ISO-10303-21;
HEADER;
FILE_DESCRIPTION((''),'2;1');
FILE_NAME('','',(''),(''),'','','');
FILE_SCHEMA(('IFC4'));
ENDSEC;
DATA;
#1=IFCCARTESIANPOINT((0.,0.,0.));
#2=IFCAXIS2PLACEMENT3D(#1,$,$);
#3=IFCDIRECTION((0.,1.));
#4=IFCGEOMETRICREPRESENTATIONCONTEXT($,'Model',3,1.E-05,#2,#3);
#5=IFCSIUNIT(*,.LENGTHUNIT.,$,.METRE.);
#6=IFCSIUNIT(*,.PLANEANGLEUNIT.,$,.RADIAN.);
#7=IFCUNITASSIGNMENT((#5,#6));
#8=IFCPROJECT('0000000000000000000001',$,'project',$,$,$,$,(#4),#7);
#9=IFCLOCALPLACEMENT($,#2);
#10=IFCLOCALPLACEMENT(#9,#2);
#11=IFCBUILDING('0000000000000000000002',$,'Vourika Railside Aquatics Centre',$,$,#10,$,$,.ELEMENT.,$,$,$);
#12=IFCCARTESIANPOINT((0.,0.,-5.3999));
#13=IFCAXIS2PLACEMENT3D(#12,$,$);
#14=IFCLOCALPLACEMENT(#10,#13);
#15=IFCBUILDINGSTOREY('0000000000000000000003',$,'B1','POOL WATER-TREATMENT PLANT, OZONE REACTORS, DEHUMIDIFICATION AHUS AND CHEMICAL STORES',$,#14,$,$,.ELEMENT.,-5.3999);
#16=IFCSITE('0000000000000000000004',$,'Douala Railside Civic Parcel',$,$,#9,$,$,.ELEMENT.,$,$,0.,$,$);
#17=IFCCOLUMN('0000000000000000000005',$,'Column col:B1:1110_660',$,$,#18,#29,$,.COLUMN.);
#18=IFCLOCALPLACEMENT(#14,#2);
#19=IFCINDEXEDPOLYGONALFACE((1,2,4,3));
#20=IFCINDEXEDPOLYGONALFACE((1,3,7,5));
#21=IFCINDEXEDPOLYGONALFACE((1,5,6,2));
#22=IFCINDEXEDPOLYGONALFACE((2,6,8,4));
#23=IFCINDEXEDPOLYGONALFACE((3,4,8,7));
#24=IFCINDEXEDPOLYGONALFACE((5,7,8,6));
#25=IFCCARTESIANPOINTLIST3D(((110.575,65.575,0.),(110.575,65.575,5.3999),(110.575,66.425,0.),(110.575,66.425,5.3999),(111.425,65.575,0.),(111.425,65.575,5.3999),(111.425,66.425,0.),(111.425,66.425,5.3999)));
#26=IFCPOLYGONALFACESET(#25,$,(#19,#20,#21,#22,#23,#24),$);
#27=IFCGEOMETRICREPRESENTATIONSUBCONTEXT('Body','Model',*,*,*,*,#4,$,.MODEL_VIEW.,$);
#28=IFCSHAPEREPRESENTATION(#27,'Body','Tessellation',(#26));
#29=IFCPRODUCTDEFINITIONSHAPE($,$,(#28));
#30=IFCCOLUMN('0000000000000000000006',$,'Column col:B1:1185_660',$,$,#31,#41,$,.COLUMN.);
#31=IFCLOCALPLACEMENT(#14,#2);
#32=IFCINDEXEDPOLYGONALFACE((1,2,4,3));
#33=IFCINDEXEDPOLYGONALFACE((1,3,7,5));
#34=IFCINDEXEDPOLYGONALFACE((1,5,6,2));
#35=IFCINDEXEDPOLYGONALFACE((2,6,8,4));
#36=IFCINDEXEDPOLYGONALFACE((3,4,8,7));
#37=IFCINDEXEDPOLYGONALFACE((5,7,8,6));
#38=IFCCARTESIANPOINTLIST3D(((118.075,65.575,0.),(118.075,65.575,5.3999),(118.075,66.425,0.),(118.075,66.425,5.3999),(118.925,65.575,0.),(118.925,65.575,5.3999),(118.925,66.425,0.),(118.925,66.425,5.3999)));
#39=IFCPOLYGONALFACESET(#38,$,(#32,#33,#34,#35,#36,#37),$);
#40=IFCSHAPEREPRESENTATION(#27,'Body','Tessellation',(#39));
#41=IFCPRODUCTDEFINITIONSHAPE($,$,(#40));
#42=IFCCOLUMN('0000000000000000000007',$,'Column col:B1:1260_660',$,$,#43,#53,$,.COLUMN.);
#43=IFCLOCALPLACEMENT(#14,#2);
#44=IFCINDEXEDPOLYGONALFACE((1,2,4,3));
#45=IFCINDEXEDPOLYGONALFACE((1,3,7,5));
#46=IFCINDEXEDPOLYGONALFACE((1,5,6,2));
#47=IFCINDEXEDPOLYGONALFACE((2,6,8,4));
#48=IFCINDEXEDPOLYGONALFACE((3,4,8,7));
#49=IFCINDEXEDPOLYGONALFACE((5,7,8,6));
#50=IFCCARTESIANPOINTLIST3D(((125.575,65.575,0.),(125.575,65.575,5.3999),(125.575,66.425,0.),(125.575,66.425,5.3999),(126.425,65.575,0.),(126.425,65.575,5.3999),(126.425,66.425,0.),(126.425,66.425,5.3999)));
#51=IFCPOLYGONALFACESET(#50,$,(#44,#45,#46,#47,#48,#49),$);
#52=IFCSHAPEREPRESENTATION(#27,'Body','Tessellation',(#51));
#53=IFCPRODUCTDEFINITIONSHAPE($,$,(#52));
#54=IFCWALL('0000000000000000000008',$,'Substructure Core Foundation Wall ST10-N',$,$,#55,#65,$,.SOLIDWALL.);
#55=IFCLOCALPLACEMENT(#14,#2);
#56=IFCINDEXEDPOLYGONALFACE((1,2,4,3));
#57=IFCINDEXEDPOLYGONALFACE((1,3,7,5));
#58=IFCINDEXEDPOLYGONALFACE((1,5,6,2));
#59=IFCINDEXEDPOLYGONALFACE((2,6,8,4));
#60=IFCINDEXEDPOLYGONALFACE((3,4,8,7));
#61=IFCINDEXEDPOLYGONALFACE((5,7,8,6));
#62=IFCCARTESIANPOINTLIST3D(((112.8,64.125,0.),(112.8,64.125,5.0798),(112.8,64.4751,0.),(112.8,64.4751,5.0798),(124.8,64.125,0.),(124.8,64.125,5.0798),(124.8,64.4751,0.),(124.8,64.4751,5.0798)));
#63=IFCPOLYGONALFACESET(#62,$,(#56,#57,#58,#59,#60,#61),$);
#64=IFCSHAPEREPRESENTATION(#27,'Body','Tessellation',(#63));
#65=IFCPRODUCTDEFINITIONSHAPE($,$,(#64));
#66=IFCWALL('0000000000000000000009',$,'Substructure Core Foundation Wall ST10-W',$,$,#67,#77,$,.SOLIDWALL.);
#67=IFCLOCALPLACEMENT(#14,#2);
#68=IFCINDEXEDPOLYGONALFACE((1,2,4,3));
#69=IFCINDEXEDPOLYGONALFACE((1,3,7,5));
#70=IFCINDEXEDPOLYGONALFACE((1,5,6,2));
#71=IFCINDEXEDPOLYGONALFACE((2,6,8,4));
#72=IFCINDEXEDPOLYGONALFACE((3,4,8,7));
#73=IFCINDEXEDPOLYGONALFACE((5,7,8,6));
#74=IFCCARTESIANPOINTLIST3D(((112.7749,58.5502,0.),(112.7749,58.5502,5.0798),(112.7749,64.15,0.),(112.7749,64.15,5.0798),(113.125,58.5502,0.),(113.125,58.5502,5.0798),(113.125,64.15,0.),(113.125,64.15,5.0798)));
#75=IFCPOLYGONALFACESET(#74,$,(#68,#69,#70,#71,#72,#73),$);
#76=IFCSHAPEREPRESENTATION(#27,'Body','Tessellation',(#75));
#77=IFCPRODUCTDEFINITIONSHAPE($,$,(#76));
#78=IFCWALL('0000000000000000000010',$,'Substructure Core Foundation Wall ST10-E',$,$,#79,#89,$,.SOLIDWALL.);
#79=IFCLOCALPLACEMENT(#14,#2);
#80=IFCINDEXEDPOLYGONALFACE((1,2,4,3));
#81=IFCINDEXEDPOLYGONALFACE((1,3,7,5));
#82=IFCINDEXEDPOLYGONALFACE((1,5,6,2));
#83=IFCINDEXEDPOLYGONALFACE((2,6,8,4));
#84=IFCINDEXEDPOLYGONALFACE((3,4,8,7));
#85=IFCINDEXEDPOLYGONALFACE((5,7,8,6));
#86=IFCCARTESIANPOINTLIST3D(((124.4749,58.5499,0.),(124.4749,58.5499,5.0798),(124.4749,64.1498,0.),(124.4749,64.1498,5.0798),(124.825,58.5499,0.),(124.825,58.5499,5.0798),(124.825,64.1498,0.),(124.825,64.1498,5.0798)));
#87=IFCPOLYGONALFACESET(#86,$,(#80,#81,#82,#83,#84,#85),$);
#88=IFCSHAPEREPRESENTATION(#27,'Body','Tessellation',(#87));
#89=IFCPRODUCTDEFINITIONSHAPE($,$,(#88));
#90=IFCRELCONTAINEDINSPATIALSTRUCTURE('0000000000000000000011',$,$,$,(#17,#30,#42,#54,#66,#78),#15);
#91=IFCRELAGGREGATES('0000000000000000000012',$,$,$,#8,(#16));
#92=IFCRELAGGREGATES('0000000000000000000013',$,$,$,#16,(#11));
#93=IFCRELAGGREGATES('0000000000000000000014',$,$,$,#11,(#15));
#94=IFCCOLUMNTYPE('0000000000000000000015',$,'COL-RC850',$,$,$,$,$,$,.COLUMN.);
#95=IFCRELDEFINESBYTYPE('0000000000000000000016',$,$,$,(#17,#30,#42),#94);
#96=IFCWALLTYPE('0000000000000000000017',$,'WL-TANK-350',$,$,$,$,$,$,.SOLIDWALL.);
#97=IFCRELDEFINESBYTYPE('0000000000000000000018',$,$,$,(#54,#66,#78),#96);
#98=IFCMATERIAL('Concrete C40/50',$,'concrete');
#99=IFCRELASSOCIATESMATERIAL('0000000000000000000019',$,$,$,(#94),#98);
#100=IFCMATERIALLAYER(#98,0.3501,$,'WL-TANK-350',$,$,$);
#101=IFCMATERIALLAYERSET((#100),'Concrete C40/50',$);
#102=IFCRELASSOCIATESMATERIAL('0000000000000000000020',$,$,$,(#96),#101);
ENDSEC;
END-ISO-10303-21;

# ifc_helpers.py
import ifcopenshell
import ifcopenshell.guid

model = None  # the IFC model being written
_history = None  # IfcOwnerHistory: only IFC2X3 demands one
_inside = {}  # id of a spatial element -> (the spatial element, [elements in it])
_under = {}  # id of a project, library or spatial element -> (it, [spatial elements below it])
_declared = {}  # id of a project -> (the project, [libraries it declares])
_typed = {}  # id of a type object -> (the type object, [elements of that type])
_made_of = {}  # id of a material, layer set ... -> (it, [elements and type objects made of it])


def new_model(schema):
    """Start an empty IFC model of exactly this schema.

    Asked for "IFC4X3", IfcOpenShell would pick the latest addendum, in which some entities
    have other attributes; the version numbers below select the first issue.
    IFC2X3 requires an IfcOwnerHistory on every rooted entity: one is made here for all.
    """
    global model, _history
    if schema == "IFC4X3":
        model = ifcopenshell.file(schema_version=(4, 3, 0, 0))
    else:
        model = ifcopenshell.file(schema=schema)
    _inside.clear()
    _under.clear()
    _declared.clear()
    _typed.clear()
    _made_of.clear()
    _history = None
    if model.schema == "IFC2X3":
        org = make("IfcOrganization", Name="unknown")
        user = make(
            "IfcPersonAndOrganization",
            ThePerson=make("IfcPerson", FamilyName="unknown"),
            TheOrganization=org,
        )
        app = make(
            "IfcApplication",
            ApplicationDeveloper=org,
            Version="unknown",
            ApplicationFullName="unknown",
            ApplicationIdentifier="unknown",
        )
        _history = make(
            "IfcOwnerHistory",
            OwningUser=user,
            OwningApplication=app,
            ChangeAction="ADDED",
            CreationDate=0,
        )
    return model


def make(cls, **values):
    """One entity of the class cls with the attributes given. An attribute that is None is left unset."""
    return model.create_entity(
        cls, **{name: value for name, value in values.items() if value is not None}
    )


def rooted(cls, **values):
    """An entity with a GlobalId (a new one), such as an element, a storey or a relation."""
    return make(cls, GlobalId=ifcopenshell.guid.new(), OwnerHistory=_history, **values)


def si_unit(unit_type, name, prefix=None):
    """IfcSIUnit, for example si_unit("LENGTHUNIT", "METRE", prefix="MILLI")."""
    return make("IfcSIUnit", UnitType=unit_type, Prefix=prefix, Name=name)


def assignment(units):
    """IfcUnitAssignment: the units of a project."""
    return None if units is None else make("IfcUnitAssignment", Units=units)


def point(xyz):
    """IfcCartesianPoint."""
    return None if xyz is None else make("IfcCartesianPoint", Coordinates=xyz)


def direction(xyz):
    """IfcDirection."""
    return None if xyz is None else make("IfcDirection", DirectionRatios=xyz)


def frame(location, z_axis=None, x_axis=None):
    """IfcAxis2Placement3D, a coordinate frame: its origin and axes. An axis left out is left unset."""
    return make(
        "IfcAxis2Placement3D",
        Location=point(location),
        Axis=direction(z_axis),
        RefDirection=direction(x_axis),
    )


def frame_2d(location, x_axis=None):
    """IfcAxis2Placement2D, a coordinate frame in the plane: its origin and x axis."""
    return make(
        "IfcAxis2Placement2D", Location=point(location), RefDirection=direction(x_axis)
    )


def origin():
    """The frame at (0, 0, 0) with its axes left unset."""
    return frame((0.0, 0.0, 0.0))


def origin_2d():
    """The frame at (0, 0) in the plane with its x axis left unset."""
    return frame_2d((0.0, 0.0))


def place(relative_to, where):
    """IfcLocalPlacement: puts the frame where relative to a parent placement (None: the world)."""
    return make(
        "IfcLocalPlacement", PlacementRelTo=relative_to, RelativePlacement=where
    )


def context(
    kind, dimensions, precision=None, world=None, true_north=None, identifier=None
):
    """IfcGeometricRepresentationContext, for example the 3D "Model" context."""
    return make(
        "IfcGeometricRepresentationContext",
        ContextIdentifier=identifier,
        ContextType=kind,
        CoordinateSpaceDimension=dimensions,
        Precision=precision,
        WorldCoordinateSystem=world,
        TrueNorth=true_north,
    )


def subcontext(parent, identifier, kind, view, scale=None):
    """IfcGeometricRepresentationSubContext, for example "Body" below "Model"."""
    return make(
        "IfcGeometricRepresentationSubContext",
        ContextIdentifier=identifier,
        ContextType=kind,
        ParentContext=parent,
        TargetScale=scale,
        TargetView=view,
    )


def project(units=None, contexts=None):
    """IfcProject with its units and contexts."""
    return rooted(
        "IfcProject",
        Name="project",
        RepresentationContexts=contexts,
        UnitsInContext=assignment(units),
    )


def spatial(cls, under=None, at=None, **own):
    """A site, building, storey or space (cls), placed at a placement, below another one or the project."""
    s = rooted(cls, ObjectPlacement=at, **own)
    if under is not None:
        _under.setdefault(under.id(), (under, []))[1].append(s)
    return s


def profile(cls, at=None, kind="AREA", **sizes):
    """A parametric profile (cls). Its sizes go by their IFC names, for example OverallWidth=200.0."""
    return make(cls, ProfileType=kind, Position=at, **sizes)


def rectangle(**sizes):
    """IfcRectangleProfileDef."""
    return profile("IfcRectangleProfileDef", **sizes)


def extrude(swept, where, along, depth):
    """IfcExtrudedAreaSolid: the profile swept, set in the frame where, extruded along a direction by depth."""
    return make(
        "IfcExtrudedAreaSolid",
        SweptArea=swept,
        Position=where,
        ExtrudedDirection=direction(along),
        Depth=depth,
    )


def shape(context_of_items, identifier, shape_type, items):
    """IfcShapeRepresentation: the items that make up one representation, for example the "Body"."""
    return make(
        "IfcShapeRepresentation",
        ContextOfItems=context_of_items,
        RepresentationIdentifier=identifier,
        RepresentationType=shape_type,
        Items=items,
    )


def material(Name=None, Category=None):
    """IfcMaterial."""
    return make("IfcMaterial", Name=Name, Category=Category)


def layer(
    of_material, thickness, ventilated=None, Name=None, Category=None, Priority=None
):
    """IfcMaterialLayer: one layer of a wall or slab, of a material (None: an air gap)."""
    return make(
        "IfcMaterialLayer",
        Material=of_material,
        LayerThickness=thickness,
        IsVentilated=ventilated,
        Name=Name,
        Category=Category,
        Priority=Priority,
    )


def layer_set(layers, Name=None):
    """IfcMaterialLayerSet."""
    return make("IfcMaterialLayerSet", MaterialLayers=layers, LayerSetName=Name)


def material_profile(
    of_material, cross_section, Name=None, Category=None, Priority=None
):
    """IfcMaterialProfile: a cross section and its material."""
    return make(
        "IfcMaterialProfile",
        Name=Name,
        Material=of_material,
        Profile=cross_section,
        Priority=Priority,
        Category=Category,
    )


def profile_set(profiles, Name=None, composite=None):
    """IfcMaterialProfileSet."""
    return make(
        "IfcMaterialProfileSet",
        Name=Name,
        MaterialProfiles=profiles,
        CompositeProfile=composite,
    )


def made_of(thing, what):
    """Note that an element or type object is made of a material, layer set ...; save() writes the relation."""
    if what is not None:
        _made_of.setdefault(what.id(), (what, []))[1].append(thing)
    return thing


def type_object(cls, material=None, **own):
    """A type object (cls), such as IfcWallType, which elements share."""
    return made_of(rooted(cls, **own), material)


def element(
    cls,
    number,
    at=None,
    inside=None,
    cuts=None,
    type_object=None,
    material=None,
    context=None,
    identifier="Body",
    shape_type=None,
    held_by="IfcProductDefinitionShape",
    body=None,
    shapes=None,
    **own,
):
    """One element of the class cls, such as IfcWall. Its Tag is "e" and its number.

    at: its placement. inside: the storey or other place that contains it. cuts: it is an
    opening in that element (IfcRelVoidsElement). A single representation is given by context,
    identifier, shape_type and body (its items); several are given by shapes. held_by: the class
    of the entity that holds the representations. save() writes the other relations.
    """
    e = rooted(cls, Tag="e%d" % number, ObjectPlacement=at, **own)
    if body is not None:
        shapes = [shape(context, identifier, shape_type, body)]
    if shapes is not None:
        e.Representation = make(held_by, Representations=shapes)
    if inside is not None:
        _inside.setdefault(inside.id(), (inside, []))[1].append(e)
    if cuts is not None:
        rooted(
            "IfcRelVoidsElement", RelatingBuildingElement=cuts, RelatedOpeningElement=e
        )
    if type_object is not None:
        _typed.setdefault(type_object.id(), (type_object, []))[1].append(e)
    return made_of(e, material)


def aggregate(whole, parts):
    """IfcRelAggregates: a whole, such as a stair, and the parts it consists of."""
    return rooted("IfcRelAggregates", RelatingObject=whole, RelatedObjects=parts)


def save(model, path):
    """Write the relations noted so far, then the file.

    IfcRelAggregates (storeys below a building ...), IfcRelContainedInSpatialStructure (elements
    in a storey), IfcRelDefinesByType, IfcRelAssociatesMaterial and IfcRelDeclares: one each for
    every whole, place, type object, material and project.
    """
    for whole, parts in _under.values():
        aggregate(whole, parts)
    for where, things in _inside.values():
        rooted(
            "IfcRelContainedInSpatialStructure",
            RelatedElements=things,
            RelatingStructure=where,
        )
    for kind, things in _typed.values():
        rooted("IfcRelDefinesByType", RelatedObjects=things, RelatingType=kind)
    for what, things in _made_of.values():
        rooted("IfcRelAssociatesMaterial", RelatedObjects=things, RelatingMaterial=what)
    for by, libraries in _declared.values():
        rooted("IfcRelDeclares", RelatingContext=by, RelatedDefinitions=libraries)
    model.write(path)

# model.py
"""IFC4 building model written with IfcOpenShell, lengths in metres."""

from ifc_helpers import new_model, si_unit, direction, frame, frame_2d, origin, origin_2d, place, context, subcontext, project, spatial, rectangle, extrude, material, layer, layer_set, material_profile, profile_set, type_object, element, save


model = new_model("IFC4")

# Units and contexts
model_context = context("Model", 3, precision=1e-05, world=origin(), true_north=direction((0.0, 1.0)))
body_context = subcontext(model_context, "Body", "Model", "MODEL_VIEW")
ifc_project = project(units=[si_unit("LENGTHUNIT", "METRE"), si_unit("PLANEANGLEUNIT", "RADIAN")], contexts=[model_context])

# Site, building, storey
site_placement = place(None, origin())
site = spatial("IfcSite", under=ifc_project, at=site_placement, Name="Douala Railside Civic Parcel", CompositionType="ELEMENT", RefElevation=0.0)
building_placement = place(site_placement, origin())
building = spatial("IfcBuilding", under=site, at=building_placement, Name="Vourika Railside Aquatics Centre", CompositionType="ELEMENT")
storey_placement = place(building_placement, frame((0.0, 0.0, -5.3999)))
storey = spatial("IfcBuildingStorey", under=building, at=storey_placement, Name="B1", Description="POOL WATER-TREATMENT PLANT, OZONE REACTORS, DEHUMIDIFICATION AHUS AND CHEMICAL STORES", CompositionType="ELEMENT", Elevation=-5.3999)

# Shared definitions
ifc_material = material(Name="Concrete C40/50", Category="concrete")

# Columns
ifc_material_profile_1 = material_profile(ifc_material, rectangle(XDim=0.8501, YDim=0.8501, at=origin_2d()), Name="RC 850x850")
ifc_profile_set_1 = profile_set([ifc_material_profile_1], Name="Concrete C40/50")
column_type_1 = type_object("IfcColumnType", Name="COL-RC850", PredefinedType="COLUMN", material=ifc_profile_set_1)
for number, where, z_axis, x_axis, name in (
    (1, (111.0, 66.0, 0.0), (0.0, 0.0, 1.0), (1.0, 0.0, 0.0), "Column col:B1:1110_660"),
    (2, (118.5, 66.0, 0.0), (0.0, 0.0, 1.0), (1.0, 0.0, 0.0), "Column col:B1:1185_660"),
    (3, (126.0, 66.0, 0.0), (0.0, 0.0, 1.0), (1.0, 0.0, 0.0), "Column col:B1:1260_660"),
):
    element("IfcColumn", number, at=place(storey_placement, frame(where, z_axis=z_axis, x_axis=x_axis)), inside=storey, type_object=column_type_1, Name=name, PredefinedType="COLUMN", context=body_context, shape_type="SweptSolid", body=[
        extrude(rectangle(XDim=0.8501, YDim=0.8501, at=origin_2d()), origin(), (0.0, 0.0, 1.0), 5.3999),
    ])

# Walls
ifc_layer = layer(ifc_material, 0.3501, Name="WL-TANK-350")
ifc_layer_set = layer_set([ifc_layer], Name="Concrete C40/50")
wall_type = type_object("IfcWallType", Name="WL-TANK-350", PredefinedType="SOLIDWALL", material=ifc_layer_set)
wall_placement = place(storey_placement, frame((124.8, 64.3, 0.0), z_axis=(0.0, 0.0, 1.0), x_axis=(-1.0, 0.0, 0.0)))
element("IfcWall", 4, at=wall_placement, inside=storey, type_object=wall_type, Name="Substructure Core Foundation Wall ST10-N", PredefinedType="SOLIDWALL", context=body_context, shape_type="SweptSolid", body=[
    extrude(rectangle(XDim=12.0, YDim=0.3501, at=frame_2d((6.0, 0.0))), origin(), (0.0, 0.0, 1.0), 5.0798),
])
for number, where, z_axis, x_axis, name in (
    (5, (112.95, 64.1499, 0.0), (0.0, 0.0, 1.0), (0.0, -1.0, 0.0), "Substructure Core Foundation Wall ST10-W"),
    (6, (124.6499, 58.55, 0.0), (0.0, 0.0, 1.0), (0.0, 1.0, 0.0), "Substructure Core Foundation Wall ST10-E"),
):
    element("IfcWall", number, at=place(storey_placement, frame(where, z_axis=z_axis, x_axis=x_axis)), inside=storey, type_object=wall_type, Name=name, PredefinedType="SOLIDWALL", context=body_context, shape_type="SweptSolid", body=[
        extrude(rectangle(XDim=5.5999, YDim=0.3501, at=frame_2d((2.7998, 0.0))), origin(), (0.0, 0.0, 1.0), 5.0798),
    ])

save(model, "model.ifc")
